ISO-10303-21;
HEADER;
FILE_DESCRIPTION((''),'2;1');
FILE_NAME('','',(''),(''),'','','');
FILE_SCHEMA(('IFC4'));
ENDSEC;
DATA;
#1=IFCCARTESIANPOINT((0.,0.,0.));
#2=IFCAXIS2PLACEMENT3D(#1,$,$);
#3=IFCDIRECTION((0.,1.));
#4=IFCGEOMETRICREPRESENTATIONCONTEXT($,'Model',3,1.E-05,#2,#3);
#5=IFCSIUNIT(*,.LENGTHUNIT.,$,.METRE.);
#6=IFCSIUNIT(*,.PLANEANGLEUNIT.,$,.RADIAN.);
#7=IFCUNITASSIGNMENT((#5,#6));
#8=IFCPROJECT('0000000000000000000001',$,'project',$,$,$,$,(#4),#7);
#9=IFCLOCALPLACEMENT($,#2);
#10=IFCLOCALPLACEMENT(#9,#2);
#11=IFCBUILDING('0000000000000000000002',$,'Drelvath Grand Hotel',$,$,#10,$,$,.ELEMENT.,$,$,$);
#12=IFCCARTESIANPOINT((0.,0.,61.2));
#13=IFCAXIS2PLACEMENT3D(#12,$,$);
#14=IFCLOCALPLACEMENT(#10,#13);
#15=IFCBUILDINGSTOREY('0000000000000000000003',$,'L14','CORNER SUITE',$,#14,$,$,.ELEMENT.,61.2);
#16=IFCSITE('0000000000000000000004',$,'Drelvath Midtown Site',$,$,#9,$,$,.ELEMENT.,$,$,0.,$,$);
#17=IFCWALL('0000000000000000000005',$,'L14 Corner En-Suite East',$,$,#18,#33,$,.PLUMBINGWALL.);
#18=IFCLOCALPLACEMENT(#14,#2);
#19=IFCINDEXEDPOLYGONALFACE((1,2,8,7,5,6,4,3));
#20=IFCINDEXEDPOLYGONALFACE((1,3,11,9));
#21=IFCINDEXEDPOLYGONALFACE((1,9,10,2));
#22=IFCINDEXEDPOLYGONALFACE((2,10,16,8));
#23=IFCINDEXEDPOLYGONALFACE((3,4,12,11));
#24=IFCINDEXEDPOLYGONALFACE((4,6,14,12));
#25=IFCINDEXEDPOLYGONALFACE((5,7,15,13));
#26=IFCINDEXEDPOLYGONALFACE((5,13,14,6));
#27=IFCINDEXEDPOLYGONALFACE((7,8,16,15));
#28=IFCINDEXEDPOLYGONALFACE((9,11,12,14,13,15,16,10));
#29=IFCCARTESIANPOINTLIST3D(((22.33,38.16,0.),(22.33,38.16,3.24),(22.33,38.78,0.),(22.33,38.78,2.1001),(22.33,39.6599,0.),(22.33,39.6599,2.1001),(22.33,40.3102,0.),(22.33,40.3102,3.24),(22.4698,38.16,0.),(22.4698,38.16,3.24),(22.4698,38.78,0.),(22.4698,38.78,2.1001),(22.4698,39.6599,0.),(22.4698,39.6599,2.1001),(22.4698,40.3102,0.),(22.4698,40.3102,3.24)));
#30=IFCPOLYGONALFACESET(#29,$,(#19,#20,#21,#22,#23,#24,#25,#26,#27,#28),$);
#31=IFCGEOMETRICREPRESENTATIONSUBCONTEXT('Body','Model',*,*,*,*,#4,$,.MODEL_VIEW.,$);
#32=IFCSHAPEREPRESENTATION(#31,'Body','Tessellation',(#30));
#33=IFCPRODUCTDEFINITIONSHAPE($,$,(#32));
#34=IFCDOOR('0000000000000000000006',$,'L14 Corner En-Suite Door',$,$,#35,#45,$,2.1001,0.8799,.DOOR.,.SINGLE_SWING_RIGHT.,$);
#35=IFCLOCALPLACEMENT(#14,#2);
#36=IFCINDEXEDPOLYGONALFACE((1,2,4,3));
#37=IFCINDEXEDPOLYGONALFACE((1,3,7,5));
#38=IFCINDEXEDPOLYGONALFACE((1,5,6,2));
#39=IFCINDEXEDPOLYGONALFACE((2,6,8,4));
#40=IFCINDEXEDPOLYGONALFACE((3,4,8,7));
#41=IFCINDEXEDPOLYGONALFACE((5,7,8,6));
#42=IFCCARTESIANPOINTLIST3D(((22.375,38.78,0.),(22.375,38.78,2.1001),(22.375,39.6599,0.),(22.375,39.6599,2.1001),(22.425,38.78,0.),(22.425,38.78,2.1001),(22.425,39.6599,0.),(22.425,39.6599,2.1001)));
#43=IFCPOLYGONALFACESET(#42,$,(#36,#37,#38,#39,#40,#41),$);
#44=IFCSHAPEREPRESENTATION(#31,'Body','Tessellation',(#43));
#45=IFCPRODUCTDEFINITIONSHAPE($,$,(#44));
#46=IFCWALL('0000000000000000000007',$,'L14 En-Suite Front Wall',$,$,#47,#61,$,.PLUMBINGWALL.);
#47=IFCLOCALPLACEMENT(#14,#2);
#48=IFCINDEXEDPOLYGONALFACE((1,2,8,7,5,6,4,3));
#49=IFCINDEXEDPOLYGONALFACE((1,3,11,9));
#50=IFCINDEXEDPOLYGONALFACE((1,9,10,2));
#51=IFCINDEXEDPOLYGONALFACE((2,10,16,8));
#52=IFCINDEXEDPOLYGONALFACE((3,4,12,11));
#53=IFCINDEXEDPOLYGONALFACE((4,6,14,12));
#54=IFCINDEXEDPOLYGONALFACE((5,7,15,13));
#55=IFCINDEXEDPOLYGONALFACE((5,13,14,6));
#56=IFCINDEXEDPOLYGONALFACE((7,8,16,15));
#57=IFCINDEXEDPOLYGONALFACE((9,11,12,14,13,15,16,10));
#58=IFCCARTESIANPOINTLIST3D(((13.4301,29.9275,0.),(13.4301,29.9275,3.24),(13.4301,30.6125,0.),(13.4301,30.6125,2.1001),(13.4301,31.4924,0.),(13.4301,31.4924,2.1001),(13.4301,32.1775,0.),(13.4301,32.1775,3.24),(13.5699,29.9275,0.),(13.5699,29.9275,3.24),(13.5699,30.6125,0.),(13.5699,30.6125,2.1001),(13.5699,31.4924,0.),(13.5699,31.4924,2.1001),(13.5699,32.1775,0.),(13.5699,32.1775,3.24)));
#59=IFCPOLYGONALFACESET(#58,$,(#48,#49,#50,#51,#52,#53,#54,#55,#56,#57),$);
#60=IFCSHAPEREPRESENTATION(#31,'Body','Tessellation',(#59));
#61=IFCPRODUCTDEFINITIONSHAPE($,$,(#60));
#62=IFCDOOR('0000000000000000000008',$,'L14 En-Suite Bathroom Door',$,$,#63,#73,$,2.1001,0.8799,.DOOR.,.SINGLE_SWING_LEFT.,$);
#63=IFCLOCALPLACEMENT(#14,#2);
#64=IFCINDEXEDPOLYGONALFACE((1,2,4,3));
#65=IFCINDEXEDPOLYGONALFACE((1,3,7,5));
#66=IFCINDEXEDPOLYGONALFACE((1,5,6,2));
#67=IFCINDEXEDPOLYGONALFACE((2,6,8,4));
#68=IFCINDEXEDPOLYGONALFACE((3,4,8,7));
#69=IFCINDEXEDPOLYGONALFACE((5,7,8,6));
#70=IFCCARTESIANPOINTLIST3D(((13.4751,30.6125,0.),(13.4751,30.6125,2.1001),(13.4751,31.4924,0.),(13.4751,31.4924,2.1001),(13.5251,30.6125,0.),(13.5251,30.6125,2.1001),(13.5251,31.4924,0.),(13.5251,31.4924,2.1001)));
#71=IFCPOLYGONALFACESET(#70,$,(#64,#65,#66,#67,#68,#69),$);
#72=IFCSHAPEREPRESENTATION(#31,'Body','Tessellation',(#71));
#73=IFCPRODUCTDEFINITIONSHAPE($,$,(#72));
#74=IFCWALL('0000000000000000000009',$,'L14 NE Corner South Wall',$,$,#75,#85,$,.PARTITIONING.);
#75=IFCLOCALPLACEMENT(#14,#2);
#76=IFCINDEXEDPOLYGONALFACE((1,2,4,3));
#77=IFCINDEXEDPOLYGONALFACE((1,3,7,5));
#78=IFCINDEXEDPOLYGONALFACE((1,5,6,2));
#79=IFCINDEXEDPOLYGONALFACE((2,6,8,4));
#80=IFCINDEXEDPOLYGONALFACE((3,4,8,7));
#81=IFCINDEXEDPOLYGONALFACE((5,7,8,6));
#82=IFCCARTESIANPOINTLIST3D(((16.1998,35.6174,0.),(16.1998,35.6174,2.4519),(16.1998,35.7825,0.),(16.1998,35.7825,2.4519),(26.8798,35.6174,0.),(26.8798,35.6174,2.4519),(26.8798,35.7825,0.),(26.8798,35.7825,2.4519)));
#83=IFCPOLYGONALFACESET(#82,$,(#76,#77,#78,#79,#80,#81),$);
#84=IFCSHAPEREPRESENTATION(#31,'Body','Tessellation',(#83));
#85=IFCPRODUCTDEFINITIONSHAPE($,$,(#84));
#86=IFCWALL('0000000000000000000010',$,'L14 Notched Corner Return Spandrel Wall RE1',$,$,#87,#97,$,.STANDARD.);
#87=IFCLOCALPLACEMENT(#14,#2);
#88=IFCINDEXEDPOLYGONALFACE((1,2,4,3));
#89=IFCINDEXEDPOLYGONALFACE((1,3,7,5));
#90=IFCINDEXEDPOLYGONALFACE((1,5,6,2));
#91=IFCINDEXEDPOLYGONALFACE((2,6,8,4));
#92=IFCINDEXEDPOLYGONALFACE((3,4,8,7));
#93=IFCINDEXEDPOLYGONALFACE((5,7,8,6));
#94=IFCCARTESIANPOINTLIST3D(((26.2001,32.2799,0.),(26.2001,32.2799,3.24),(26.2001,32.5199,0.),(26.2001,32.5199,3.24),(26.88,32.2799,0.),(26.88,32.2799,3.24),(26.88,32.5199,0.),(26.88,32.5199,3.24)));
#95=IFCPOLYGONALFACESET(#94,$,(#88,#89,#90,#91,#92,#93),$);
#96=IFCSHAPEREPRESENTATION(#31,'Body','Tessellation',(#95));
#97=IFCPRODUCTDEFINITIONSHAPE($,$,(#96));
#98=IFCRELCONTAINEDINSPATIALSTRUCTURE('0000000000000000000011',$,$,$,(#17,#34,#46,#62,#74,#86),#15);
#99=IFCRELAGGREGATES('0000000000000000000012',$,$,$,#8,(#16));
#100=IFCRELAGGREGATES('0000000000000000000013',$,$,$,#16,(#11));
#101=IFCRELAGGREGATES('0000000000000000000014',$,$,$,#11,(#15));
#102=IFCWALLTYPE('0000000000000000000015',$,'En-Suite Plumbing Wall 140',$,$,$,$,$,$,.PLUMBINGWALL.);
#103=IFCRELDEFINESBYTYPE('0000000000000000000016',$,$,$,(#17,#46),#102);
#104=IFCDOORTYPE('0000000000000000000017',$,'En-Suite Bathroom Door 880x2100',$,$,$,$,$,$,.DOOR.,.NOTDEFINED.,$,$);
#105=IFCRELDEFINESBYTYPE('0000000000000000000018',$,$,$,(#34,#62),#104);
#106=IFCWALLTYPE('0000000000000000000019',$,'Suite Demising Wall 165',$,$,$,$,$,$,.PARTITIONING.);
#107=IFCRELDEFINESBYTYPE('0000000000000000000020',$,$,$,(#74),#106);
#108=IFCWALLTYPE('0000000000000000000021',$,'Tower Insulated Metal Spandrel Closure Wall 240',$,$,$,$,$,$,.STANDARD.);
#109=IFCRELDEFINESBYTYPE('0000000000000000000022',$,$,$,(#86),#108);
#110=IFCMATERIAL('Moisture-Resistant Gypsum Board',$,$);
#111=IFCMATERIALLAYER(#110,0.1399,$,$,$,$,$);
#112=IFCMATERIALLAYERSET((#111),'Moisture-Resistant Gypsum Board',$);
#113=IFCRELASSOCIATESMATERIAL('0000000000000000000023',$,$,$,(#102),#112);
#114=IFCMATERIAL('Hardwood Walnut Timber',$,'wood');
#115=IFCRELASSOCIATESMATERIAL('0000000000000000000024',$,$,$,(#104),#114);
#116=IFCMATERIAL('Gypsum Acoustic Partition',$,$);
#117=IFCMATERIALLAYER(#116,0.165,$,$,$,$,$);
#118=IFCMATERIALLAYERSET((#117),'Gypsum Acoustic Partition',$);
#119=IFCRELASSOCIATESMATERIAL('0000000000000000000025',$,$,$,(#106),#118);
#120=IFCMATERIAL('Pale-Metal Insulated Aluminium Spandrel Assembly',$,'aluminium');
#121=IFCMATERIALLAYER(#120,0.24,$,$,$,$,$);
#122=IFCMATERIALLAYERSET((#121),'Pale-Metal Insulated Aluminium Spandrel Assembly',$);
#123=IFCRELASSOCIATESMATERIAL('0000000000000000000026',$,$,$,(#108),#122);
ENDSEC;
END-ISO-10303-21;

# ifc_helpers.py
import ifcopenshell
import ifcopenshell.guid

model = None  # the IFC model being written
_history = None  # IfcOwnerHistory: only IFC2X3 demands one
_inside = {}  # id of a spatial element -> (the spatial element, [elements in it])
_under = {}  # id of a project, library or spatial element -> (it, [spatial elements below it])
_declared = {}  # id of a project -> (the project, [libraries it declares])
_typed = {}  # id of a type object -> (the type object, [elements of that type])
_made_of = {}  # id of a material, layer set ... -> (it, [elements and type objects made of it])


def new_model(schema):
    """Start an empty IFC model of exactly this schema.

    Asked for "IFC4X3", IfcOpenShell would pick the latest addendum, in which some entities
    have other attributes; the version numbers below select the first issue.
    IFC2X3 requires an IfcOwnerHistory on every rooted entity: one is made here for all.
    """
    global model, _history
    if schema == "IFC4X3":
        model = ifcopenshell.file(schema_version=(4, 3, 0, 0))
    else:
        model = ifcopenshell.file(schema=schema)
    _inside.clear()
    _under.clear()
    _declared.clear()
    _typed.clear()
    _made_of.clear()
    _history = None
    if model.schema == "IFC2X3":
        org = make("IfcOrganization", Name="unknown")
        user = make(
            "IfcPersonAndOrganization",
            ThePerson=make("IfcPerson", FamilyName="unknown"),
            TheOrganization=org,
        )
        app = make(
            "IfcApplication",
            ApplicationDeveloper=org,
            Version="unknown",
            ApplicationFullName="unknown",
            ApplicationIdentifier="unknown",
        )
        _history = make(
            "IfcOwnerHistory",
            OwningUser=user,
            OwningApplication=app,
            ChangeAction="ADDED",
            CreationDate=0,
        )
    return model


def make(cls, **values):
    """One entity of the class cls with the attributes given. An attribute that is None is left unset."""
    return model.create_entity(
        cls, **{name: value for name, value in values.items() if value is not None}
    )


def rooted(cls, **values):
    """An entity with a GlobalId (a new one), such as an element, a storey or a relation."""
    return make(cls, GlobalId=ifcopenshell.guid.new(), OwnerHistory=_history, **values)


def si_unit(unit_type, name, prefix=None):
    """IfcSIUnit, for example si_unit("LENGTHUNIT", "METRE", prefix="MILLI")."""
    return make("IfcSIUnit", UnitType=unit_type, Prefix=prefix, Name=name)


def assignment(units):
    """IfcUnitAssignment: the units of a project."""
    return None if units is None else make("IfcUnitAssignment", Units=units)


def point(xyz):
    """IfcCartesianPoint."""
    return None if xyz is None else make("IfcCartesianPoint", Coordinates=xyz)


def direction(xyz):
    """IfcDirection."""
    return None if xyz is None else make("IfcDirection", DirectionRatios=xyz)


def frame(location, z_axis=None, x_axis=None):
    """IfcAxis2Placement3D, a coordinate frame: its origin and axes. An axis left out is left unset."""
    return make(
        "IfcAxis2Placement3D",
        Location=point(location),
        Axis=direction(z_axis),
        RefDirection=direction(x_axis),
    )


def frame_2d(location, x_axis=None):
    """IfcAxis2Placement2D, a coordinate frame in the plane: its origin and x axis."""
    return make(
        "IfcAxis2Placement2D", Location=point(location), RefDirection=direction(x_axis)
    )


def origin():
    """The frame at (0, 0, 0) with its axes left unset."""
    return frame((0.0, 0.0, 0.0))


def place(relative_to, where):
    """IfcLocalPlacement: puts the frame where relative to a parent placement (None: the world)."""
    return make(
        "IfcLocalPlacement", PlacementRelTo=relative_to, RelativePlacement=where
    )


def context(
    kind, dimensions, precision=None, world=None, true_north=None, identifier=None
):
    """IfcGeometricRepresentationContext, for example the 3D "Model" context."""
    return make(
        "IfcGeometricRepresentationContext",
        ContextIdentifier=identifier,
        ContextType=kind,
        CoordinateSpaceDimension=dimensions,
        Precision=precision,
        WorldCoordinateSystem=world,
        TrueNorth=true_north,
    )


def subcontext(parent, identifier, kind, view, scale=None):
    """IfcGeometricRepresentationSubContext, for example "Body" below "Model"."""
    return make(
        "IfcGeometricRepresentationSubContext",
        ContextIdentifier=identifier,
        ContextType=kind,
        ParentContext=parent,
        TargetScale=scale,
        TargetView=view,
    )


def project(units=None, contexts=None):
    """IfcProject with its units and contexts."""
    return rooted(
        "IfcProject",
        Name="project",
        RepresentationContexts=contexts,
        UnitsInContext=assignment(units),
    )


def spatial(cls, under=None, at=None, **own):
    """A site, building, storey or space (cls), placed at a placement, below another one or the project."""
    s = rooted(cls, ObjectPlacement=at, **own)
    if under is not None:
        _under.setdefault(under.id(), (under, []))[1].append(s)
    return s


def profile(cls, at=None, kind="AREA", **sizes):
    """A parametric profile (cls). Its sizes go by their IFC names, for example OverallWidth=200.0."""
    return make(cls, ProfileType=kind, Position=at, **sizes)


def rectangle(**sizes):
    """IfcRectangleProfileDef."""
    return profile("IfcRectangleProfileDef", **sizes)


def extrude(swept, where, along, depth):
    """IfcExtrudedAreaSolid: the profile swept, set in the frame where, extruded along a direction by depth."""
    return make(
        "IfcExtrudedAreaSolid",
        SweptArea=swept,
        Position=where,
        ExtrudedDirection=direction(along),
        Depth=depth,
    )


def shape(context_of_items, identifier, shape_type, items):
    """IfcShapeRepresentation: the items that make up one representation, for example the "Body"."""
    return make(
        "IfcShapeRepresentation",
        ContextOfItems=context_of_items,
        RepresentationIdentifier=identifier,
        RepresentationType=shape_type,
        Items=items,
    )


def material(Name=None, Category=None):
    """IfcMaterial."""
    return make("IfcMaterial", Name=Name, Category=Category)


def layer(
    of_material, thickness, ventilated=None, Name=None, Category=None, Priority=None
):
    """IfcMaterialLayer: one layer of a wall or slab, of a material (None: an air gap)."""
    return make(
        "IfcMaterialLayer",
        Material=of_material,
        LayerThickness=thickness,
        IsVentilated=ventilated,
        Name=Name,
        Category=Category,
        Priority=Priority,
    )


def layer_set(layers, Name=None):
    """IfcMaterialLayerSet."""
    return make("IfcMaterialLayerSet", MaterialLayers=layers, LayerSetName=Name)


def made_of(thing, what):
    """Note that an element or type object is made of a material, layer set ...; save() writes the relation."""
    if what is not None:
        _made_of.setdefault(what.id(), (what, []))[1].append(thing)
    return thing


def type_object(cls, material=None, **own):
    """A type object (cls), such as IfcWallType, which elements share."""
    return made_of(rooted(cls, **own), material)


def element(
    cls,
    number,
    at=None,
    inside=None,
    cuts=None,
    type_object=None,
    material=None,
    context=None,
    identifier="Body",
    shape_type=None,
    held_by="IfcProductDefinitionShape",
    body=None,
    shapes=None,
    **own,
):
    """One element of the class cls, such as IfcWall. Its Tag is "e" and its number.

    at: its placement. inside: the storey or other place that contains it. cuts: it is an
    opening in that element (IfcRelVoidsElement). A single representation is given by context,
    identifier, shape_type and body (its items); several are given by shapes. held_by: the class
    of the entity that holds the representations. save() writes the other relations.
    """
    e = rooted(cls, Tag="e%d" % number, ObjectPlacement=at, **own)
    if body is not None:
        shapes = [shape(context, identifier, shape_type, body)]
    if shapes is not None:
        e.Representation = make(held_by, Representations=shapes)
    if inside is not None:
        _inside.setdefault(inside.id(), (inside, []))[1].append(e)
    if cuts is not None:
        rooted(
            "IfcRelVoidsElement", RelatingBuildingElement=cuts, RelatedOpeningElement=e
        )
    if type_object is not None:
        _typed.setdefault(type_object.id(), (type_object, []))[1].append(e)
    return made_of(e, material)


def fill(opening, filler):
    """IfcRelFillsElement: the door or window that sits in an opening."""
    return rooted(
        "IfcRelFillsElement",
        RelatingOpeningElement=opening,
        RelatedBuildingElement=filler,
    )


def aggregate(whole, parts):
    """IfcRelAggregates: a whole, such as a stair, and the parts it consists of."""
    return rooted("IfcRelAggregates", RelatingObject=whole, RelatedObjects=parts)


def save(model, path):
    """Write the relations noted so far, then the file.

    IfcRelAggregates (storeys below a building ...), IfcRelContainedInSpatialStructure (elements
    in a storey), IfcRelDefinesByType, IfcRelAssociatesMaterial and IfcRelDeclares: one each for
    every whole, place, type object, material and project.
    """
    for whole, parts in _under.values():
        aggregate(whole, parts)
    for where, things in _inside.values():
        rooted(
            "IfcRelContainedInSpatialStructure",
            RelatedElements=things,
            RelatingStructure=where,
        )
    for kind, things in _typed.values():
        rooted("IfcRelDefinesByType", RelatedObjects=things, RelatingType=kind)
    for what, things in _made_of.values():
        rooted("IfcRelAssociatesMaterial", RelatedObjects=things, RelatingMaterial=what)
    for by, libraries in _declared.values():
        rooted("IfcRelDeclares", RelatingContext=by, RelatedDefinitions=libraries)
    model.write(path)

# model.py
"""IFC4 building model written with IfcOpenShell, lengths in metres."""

from ifc_helpers import new_model, si_unit, direction, frame, frame_2d, origin, place, context, subcontext, project, spatial, rectangle, extrude, material, layer, layer_set, type_object, element, fill, save


model = new_model("IFC4")

# Units and contexts
model_context = context("Model", 3, precision=1e-05, world=origin(), true_north=direction((0.0, 1.0)))
body_context = subcontext(model_context, "Body", "Model", "MODEL_VIEW")
ifc_project = project(units=[si_unit("LENGTHUNIT", "METRE"), si_unit("PLANEANGLEUNIT", "RADIAN")], contexts=[model_context])

# Site, building, storey
site_placement = place(None, origin())
site = spatial("IfcSite", under=ifc_project, at=site_placement, Name="Drelvath Midtown Site", CompositionType="ELEMENT", RefElevation=0.0)
building_placement = place(site_placement, origin())
building = spatial("IfcBuilding", under=site, at=building_placement, Name="Drelvath Grand Hotel", CompositionType="ELEMENT")
storey_placement = place(building_placement, frame((0.0, 0.0, 61.2)))
storey = spatial("IfcBuildingStorey", under=building, at=storey_placement, Name="L14", Description="CORNER SUITE", CompositionType="ELEMENT", Elevation=61.2)

# Shared definitions
ifc_material_1 = material(Name="Hardwood Walnut Timber", Category="wood")

# Shared definitions
ifc_material_2 = material(Name="Moisture-Resistant Gypsum Board")
ifc_layer_1 = layer(ifc_material_2, 0.1399)
ifc_layer_set_1 = layer_set([ifc_layer_1], Name="Moisture-Resistant Gypsum Board")
wall_type_1 = type_object("IfcWallType", Name="En-Suite Plumbing Wall 140", PredefinedType="PLUMBINGWALL", material=ifc_layer_set_1)

# Walls, openings, doors
wall_1_placement = place(storey_placement, frame((22.3999, 38.1599, 0.0), z_axis=(0.0, 0.0, 1.0), x_axis=(0.0, 1.0, 0.0)))
wall_1 = element("IfcWall", 1, at=wall_1_placement, inside=storey, type_object=wall_type_1, Name="L14 Corner En-Suite East", PredefinedType="PLUMBINGWALL", context=body_context, shape_type="SweptSolid", body=[
    extrude(rectangle(XDim=2.1501, YDim=0.1399, at=frame_2d((1.0752, 0.0))), origin(), (0.0, 0.0, 1.0), 3.24),
])
opening_1_placement = place(wall_1_placement, frame((0.6201, 0.0, 0.0)))
opening_1 = element("IfcOpeningElement", 2, at=opening_1_placement, cuts=wall_1, PredefinedType="OPENING", context=body_context, shape_type="SweptSolid", body=[
    extrude(rectangle(XDim=0.8799, YDim=2.1001, at=frame_2d((0.4399, 1.05))), frame((0.0, 0.0798, 0.0), z_axis=(0.0, -1.0, 0.0), x_axis=(1.0, 0.0, 0.0)), (0.0, 0.0, 1.0), 0.1599),
])
door_type_1 = type_object("IfcDoorType", Name="En-Suite Bathroom Door 880x2100", OperationType="NOTDEFINED", PredefinedType="DOOR", material=ifc_material_1)
door_1_placement = place(opening_1_placement, origin())
door_1 = element("IfcDoor", 3, at=door_1_placement, inside=storey, type_object=door_type_1, Name="L14 Corner En-Suite Door", OperationType="SINGLE_SWING_RIGHT", OverallHeight=2.1001, OverallWidth=0.8799, PredefinedType="DOOR", context=body_context, shape_type="SweptSolid", body=[
    extrude(rectangle(XDim=0.8799, YDim=2.1001, at=frame_2d((0.4399, 1.05))), frame((0.0, 0.0249, 0.0), z_axis=(0.0, -1.0, 0.0), x_axis=(1.0, 0.0, 0.0)), (0.0, 0.0, 1.0), 0.05),
])
fill(opening_1, door_1)
wall_2_placement = place(storey_placement, frame((13.5, 29.9275, 0.0), z_axis=(0.0, 0.0, 1.0), x_axis=(0.0, 1.0, 0.0)))
wall_2 = element("IfcWall", 4, at=wall_2_placement, inside=storey, type_object=wall_type_1, Name="L14 En-Suite Front Wall", PredefinedType="PLUMBINGWALL", context=body_context, shape_type="SweptSolid", body=[
    extrude(rectangle(XDim=2.25, YDim=0.1399, at=frame_2d((1.125, 0.0))), origin(), (0.0, 0.0, 1.0), 3.24),
])
opening_2_placement = place(wall_2_placement, frame((0.6851, 0.0, 0.0)))
opening_2 = element("IfcOpeningElement", 5, at=opening_2_placement, cuts=wall_2, PredefinedType="OPENING", context=body_context, shape_type="SweptSolid", body=[
    extrude(rectangle(XDim=0.8799, YDim=2.1001, at=frame_2d((0.4399, 1.05))), frame((0.0, 0.0798, 0.0), z_axis=(0.0, -1.0, 0.0), x_axis=(1.0, 0.0, 0.0)), (0.0, 0.0, 1.0), 0.1599),
])
door_2_placement = place(opening_2_placement, origin())
door_2 = element("IfcDoor", 6, at=door_2_placement, inside=storey, type_object=door_type_1, Name="L14 En-Suite Bathroom Door", OperationType="SINGLE_SWING_LEFT", OverallHeight=2.1001, OverallWidth=0.8799, PredefinedType="DOOR", context=body_context, shape_type="SweptSolid", body=[
    extrude(rectangle(XDim=0.8799, YDim=2.1001, at=frame_2d((0.4399, 1.05))), frame((0.0, 0.0249, 0.0), z_axis=(0.0, -1.0, 0.0), x_axis=(1.0, 0.0, 0.0)), (0.0, 0.0, 1.0), 0.05),
])
fill(opening_2, door_2)

# Walls
ifc_material_3 = material(Name="Gypsum Acoustic Partition")
ifc_layer_2 = layer(ifc_material_3, 0.165)
ifc_layer_set_2 = layer_set([ifc_layer_2], Name="Gypsum Acoustic Partition")
wall_type_2 = type_object("IfcWallType", Name="Suite Demising Wall 165", PredefinedType="PARTITIONING", material=ifc_layer_set_2)
wall_3_placement = place(storey_placement, frame((16.2, 35.7, 0.0), z_axis=(0.0, 0.0, 1.0), x_axis=(1.0, 0.0, 0.0)))
element("IfcWall", 7, at=wall_3_placement, inside=storey, type_object=wall_type_2, Name="L14 NE Corner South Wall", PredefinedType="PARTITIONING", context=body_context, shape_type="SweptSolid", body=[
    extrude(rectangle(XDim=10.6799, YDim=0.165, at=frame_2d((5.3398, 0.0))), origin(), (0.0, 0.0, 1.0), 2.4519),
])
ifc_material_4 = material(Name="Pale-Metal Insulated Aluminium Spandrel Assembly", Category="aluminium")
ifc_layer_3 = layer(ifc_material_4, 0.24)
ifc_layer_set_3 = layer_set([ifc_layer_3], Name="Pale-Metal Insulated Aluminium Spandrel Assembly")
wall_type_3 = type_object("IfcWallType", Name="Tower Insulated Metal Spandrel Closure Wall 240", PredefinedType="STANDARD", material=ifc_layer_set_3)
wall_4_placement = place(storey_placement, frame((26.8799, 32.3999, 0.0), z_axis=(0.0, 0.0, 1.0), x_axis=(-1.0, 0.0, 0.0)))
element("IfcWall", 8, at=wall_4_placement, inside=storey, type_object=wall_type_3, Name="L14 Notched Corner Return Spandrel Wall RE1", PredefinedType="STANDARD", context=body_context, shape_type="SweptSolid", body=[
    extrude(rectangle(XDim=0.6799, YDim=0.24, at=frame_2d((0.3398, 0.0))), origin(), (0.0, 0.0, 1.0), 3.24),
])

save(model, "model.ifc")
